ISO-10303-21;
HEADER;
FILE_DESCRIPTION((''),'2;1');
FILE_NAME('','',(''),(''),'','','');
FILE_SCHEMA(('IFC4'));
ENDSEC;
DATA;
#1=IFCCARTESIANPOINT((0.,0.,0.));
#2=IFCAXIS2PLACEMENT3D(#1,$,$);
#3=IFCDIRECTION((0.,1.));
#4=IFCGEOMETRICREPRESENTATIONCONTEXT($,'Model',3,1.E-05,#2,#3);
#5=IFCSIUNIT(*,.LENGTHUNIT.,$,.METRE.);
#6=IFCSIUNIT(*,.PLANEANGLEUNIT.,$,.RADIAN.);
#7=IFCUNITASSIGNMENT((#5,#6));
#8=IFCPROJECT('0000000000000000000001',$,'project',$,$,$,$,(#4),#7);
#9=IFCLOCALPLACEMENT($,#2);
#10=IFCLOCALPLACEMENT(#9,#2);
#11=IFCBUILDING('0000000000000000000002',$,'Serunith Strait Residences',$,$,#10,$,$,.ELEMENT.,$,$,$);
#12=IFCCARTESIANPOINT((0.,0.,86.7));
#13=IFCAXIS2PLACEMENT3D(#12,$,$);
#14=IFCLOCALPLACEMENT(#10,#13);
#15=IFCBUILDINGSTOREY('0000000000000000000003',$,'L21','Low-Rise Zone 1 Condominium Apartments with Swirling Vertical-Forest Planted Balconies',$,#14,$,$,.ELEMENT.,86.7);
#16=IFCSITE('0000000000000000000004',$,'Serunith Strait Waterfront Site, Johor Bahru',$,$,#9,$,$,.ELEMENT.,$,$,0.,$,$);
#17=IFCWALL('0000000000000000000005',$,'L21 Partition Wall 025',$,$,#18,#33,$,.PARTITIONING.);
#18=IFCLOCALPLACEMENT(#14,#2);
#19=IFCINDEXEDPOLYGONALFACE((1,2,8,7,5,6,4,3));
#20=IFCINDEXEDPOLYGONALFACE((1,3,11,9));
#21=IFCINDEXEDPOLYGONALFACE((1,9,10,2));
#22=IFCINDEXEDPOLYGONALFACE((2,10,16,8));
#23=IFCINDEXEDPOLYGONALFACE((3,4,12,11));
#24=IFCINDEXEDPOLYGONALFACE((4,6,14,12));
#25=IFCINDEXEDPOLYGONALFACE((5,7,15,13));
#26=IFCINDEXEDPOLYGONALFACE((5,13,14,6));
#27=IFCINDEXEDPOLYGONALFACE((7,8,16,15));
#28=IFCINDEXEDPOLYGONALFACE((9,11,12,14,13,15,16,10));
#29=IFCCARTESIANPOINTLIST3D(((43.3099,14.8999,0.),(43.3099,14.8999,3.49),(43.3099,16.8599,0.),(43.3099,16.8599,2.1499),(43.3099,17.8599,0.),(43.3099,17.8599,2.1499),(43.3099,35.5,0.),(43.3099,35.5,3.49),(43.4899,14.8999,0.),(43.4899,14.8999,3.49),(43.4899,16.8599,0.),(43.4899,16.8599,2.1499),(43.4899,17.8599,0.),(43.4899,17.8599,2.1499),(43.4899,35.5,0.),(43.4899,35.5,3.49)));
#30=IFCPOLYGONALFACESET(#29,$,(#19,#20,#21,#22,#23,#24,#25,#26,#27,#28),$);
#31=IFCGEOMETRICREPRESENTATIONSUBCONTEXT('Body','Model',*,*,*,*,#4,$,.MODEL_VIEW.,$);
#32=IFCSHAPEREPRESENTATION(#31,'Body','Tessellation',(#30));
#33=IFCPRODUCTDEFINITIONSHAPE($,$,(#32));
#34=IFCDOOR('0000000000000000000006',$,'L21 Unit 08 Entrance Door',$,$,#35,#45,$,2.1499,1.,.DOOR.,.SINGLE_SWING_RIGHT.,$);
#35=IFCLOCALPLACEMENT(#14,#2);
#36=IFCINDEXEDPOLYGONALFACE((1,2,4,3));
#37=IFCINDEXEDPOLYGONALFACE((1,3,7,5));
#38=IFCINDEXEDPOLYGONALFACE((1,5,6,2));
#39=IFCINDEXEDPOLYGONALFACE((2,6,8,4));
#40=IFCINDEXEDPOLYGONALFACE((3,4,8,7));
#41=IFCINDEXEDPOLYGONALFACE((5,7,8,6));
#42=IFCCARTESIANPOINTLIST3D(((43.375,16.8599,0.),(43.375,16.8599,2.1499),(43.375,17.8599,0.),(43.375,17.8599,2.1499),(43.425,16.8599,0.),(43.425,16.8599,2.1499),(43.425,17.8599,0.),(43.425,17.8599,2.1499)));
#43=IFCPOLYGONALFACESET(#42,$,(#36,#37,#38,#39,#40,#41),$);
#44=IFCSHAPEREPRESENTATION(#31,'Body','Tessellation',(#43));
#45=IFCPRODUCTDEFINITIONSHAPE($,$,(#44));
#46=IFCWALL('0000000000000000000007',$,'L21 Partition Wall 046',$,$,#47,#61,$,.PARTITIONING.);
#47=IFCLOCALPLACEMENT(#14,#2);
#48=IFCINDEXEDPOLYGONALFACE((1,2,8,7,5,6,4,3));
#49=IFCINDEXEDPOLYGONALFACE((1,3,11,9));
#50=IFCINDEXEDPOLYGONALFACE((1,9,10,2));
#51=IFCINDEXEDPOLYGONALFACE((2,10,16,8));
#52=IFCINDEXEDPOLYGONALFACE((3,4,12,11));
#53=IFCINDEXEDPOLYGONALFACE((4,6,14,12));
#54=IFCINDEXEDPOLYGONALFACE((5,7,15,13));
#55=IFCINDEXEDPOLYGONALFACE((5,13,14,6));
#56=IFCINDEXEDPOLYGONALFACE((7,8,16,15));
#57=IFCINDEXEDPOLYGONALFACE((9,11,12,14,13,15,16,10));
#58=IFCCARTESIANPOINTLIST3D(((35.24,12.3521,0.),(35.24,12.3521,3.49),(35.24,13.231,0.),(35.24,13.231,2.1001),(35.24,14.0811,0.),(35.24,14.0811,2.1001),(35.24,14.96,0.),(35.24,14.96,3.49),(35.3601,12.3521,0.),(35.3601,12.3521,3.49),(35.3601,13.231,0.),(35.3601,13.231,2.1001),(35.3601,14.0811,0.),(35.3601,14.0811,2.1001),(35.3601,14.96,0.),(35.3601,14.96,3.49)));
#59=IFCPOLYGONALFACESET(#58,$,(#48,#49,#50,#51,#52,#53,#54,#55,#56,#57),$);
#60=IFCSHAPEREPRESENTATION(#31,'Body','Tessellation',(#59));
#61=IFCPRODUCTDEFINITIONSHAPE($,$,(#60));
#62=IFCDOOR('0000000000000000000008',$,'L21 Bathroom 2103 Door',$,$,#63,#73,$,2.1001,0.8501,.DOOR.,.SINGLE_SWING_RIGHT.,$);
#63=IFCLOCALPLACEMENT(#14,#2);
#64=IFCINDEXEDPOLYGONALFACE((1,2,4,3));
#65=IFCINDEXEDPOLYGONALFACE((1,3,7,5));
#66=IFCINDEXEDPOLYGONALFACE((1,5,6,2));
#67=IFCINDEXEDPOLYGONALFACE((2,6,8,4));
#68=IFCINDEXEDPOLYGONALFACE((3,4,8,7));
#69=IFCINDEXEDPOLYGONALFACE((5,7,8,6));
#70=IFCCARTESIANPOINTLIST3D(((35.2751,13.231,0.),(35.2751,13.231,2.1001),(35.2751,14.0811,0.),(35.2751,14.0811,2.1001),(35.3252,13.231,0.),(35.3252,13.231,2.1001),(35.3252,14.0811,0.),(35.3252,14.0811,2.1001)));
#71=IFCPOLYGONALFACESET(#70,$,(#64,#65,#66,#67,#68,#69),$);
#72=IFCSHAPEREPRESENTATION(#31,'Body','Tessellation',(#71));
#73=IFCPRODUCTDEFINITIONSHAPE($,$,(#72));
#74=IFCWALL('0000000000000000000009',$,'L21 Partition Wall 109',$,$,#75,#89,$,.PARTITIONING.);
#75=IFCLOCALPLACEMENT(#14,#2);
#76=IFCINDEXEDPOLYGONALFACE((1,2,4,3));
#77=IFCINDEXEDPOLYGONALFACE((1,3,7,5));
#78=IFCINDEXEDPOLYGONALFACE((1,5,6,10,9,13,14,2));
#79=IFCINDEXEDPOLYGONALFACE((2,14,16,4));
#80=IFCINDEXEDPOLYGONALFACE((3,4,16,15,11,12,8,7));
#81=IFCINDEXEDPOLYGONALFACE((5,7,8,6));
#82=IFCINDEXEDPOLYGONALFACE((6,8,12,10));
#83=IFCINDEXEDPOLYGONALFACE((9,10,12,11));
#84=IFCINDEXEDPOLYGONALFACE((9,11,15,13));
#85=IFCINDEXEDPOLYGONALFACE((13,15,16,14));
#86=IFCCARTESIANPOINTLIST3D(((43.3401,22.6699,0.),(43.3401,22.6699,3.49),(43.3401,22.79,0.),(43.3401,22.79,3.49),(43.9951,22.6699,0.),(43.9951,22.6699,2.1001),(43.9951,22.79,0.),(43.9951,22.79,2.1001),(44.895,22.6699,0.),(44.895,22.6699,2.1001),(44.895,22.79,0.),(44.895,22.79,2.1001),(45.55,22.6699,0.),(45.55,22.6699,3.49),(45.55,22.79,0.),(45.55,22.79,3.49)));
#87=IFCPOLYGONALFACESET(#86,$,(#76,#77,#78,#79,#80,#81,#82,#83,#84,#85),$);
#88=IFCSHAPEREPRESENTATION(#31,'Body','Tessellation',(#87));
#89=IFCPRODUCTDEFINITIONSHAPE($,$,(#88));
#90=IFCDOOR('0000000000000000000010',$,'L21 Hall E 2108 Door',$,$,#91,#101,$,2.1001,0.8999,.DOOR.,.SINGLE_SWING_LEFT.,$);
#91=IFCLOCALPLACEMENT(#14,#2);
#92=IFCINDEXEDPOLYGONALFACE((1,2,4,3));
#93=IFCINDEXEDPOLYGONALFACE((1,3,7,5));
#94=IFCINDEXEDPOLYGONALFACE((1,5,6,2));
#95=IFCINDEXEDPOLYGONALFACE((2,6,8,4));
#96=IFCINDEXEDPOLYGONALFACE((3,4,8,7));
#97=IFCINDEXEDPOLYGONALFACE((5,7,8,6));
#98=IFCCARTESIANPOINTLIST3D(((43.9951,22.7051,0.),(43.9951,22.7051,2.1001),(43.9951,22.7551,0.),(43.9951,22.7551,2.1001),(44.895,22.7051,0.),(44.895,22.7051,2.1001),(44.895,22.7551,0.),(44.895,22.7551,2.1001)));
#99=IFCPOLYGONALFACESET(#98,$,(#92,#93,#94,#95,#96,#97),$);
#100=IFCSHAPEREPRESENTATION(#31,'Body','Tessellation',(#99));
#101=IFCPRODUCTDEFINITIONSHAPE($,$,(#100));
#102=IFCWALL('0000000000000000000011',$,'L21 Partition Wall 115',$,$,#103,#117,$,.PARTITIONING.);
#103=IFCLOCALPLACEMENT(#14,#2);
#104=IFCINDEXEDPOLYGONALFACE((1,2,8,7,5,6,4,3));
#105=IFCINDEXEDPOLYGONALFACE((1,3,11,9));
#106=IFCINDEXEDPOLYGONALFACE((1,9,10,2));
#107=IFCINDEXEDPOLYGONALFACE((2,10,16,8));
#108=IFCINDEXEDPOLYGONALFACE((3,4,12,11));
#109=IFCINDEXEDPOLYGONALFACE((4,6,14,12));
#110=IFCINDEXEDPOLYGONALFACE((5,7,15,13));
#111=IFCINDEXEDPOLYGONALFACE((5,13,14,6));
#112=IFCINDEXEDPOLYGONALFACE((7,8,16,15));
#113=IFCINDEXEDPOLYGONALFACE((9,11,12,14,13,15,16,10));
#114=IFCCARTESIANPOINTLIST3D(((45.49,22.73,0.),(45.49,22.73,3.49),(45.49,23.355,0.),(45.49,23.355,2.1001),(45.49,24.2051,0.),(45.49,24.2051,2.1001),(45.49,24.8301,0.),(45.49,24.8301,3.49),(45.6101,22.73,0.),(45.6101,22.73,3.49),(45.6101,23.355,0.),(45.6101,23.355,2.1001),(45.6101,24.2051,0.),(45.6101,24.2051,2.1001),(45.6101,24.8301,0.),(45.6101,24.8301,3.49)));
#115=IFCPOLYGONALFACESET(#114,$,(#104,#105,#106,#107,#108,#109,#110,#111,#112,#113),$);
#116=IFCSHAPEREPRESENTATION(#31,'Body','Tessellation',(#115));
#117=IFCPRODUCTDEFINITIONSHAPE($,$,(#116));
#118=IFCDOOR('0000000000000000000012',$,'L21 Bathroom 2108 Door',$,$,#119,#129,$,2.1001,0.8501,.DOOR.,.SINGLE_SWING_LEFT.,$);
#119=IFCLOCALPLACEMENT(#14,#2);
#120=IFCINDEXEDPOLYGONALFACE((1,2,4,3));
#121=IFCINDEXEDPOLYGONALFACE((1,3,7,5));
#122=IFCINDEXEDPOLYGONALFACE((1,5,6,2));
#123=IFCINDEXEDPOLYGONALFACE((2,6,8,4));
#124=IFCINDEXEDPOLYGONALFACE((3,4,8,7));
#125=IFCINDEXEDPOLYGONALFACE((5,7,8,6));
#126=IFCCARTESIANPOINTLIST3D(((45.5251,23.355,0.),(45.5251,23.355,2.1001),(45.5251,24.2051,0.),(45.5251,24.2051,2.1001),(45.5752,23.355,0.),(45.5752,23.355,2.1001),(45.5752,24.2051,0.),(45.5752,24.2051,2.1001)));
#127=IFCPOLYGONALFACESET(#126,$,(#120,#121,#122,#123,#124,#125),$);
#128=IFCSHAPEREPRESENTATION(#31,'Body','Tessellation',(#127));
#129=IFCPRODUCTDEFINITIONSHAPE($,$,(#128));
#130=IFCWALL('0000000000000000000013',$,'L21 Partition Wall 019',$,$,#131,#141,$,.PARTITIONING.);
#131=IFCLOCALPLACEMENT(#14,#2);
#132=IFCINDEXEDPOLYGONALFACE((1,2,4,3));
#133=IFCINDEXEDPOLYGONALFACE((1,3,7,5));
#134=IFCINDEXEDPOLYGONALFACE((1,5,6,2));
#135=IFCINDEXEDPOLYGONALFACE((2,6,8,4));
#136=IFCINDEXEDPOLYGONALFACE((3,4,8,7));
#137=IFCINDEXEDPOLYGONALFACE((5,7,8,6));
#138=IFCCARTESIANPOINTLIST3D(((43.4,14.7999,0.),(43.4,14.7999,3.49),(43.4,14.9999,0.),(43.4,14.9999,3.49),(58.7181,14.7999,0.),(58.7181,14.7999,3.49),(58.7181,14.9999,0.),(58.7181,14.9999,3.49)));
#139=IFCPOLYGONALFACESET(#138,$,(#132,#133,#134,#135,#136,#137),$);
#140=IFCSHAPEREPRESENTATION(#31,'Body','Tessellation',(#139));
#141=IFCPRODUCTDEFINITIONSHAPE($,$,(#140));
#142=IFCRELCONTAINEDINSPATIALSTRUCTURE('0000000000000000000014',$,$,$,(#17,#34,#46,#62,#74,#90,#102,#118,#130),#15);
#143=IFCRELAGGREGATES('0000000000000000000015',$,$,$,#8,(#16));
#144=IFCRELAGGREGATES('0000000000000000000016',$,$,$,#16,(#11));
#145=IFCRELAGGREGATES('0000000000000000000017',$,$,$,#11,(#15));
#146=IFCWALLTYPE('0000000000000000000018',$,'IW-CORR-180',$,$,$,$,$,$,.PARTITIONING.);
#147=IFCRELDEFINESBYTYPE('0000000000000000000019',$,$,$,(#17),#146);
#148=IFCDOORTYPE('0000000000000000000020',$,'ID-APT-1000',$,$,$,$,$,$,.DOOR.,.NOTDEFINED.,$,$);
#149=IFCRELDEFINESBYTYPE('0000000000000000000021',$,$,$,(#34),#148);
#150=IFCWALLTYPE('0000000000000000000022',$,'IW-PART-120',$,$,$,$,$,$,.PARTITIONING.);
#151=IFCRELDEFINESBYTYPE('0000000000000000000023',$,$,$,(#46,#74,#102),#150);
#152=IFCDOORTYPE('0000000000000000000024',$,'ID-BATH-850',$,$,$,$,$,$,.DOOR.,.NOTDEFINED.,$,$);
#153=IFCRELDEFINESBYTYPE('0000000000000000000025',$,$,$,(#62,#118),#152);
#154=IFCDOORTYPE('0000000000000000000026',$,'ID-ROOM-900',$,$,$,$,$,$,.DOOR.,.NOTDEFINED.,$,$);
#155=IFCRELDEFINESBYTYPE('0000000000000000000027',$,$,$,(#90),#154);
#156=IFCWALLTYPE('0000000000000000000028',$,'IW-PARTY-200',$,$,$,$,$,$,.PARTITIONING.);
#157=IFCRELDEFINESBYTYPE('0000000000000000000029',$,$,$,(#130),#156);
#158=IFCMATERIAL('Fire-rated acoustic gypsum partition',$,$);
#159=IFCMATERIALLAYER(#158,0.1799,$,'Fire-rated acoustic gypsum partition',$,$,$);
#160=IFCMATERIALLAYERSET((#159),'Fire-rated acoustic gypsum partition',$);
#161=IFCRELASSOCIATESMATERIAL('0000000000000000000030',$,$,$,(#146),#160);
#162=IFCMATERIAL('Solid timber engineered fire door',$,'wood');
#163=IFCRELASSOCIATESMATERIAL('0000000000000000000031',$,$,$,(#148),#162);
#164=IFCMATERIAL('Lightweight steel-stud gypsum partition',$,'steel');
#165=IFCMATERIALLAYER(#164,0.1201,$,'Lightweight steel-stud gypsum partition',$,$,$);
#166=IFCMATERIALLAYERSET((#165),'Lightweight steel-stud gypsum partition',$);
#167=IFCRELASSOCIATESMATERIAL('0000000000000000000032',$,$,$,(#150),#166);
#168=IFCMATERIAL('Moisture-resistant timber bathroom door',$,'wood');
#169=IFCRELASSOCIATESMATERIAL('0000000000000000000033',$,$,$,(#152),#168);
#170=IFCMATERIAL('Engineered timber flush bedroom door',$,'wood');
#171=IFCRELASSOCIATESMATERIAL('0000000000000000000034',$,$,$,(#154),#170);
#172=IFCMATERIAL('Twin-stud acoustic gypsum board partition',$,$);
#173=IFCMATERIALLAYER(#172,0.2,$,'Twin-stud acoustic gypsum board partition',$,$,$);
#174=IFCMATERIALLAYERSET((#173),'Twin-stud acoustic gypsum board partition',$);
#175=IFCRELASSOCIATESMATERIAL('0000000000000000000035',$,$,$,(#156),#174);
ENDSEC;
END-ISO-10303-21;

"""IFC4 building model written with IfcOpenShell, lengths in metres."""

from ifc_helpers import new_model, si_unit, direction, frame, frame_2d, origin, place, context, subcontext, project, spatial, rectangle, extrude, source, transform, mapped, material, layer, layer_set, type_object, element, fill, save


model = new_model("IFC4")

# Units and contexts
model_context = context("Model", 3, precision=1e-05, world=origin(), true_north=direction((0.0, 1.0)))
body_context = subcontext(model_context, "Body", "Model", "MODEL_VIEW")
ifc_project = project(units=[si_unit("LENGTHUNIT", "METRE"), si_unit("PLANEANGLEUNIT", "RADIAN")], contexts=[model_context])

# Site, building, storey
site_placement = place(None, origin())
site = spatial("IfcSite", under=ifc_project, at=site_placement, Name="Serunith Strait Waterfront Site, Johor Bahru", CompositionType="ELEMENT", RefElevation=0.0)
building_placement = place(site_placement, origin())
building = spatial("IfcBuilding", under=site, at=building_placement, Name="Serunith Strait Residences", CompositionType="ELEMENT")
storey_placement = place(building_placement, frame((0.0, 0.0, 86.7)))
storey = spatial("IfcBuildingStorey", under=building, at=storey_placement, Name="L21", Description="Low-Rise Zone 1 Condominium Apartments with Swirling Vertical-Forest Planted Balconies", CompositionType="ELEMENT", Elevation=86.7)

# Walls, openings, doors
ifc_material_1 = material(Name="Fire-rated acoustic gypsum partition")
ifc_layer_1 = layer(ifc_material_1, 0.1799, Name="Fire-rated acoustic gypsum partition")
ifc_layer_set_1 = layer_set([ifc_layer_1], Name="Fire-rated acoustic gypsum partition")
wall_type_1 = type_object("IfcWallType", Name="IW-CORR-180", PredefinedType="PARTITIONING", material=ifc_layer_set_1)
wall_1_placement = place(storey_placement, frame((43.3999, 14.8999, 0.0), z_axis=(0.0, 0.0, 1.0), x_axis=(0.0, 1.0, 0.0)))
wall_1 = element("IfcWall", 1, at=wall_1_placement, inside=storey, type_object=wall_type_1, Name="L21 Partition Wall 025", PredefinedType="PARTITIONING", context=body_context, shape_type="SweptSolid", body=[
    extrude(rectangle(XDim=20.6001, YDim=0.1799, at=frame_2d((10.3, 0.0))), origin(), (0.0, 0.0, 1.0), 3.49),
])
opening_1_placement = place(wall_1_placement, frame((1.96, 0.0, 0.0)))
opening_1 = element("IfcOpeningElement", 2, at=opening_1_placement, cuts=wall_1, PredefinedType="OPENING", context=body_context, shape_type="SweptSolid", body=[
    extrude(rectangle(XDim=1.0, YDim=2.1499, at=frame_2d((0.5, 1.075))), frame((0.0, 0.1001, 0.0), z_axis=(0.0, -1.0, 0.0), x_axis=(1.0, 0.0, 0.0)), (0.0, 0.0, 1.0), 0.2),
])
ifc_material_2 = material(Name="Solid timber engineered fire door", Category="wood")
door_type_1 = type_object("IfcDoorType", Name="ID-APT-1000", OperationType="NOTDEFINED", PredefinedType="DOOR", material=ifc_material_2)
shared_shape_1 = source(origin(), body_context, "Body", "SweptSolid", [
    extrude(rectangle(XDim=1.0, YDim=2.1499, at=frame_2d((0.5, 1.075))), frame((0.0, 0.0249, 0.0), z_axis=(0.0, -1.0, 0.0), x_axis=(1.0, 0.0, 0.0)), (0.0, 0.0, 1.0), 0.05),
])
door_1_placement = place(opening_1_placement, origin())
door_1 = element("IfcDoor", 3, at=door_1_placement, inside=storey, type_object=door_type_1, Name="L21 Unit 08 Entrance Door", OperationType="SINGLE_SWING_RIGHT", OverallHeight=2.1499, OverallWidth=1.0, PredefinedType="DOOR", context=body_context, shape_type="MappedRepresentation", body=[
    mapped(shared_shape_1, transform((0.0, 0.0, 0.0), scale=1.0)),
])
fill(opening_1, door_1)
ifc_material_3 = material(Name="Lightweight steel-stud gypsum partition", Category="steel")
ifc_layer_2 = layer(ifc_material_3, 0.1201, Name="Lightweight steel-stud gypsum partition")
ifc_layer_set_2 = layer_set([ifc_layer_2], Name="Lightweight steel-stud gypsum partition")
wall_type_2 = type_object("IfcWallType", Name="IW-PART-120", PredefinedType="PARTITIONING", material=ifc_layer_set_2)
wall_2_placement = place(storey_placement, frame((35.3, 12.3521, 0.0), z_axis=(0.0, 0.0, 1.0), x_axis=(0.0, 1.0, 0.0)))
wall_2 = element("IfcWall", 4, at=wall_2_placement, inside=storey, type_object=wall_type_2, Name="L21 Partition Wall 046", PredefinedType="PARTITIONING", context=body_context, shape_type="SweptSolid", body=[
    extrude(rectangle(XDim=2.6079, YDim=0.1201, at=frame_2d((1.304, 0.0))), origin(), (0.0, 0.0, 1.0), 3.49),
])
opening_2_placement = place(wall_2_placement, frame((0.8789, 0.0, 0.0)))
opening_2 = element("IfcOpeningElement", 5, at=opening_2_placement, cuts=wall_2, PredefinedType="OPENING", context=body_context, shape_type="SweptSolid", body=[
    extrude(rectangle(XDim=0.8501, YDim=2.1001, at=frame_2d((0.425, 1.05))), frame((0.0, 0.0701, 0.0), z_axis=(0.0, -1.0, 0.0), x_axis=(1.0, 0.0, 0.0)), (0.0, 0.0, 1.0), 0.1401),
])
ifc_material_4 = material(Name="Moisture-resistant timber bathroom door", Category="wood")
door_type_2 = type_object("IfcDoorType", Name="ID-BATH-850", OperationType="NOTDEFINED", PredefinedType="DOOR", material=ifc_material_4)
shared_shape_2 = source(origin(), body_context, "Body", "SweptSolid", [
    extrude(rectangle(XDim=0.8501, YDim=2.1001, at=frame_2d((0.425, 1.05))), frame((0.0, 0.0249, 0.0), z_axis=(0.0, -1.0, 0.0), x_axis=(1.0, 0.0, 0.0)), (0.0, 0.0, 1.0), 0.05),
])
door_2_placement = place(opening_2_placement, origin())
door_2 = element("IfcDoor", 6, at=door_2_placement, inside=storey, type_object=door_type_2, Name="L21 Bathroom 2103 Door", OperationType="SINGLE_SWING_RIGHT", OverallHeight=2.1001, OverallWidth=0.8501, PredefinedType="DOOR", context=body_context, shape_type="MappedRepresentation", body=[
    mapped(shared_shape_2, transform((0.0, 0.0, 0.0), scale=1.0)),
])
fill(opening_2, door_2)
wall_3_placement = place(storey_placement, frame((45.55, 22.73, 0.0), z_axis=(0.0, 0.0, 1.0), x_axis=(-1.0, 0.0, 0.0)))
wall_3 = element("IfcWall", 7, at=wall_3_placement, inside=storey, type_object=wall_type_2, Name="L21 Partition Wall 109", PredefinedType="PARTITIONING", context=body_context, shape_type="SweptSolid", body=[
    extrude(rectangle(XDim=2.21, YDim=0.1201, at=frame_2d((1.105, 0.0))), origin(), (0.0, 0.0, 1.0), 3.49),
])
opening_3_placement = place(wall_3_placement, frame((0.655, 0.0, 0.0)))
opening_3 = element("IfcOpeningElement", 8, at=opening_3_placement, cuts=wall_3, PredefinedType="OPENING", context=body_context, shape_type="SweptSolid", body=[
    extrude(rectangle(XDim=0.8999, YDim=2.1001, at=frame_2d((0.45, 1.05))), frame((0.0, 0.0701, 0.0), z_axis=(0.0, -1.0, 0.0), x_axis=(1.0, 0.0, 0.0)), (0.0, 0.0, 1.0), 0.1401),
])
ifc_material_5 = material(Name="Engineered timber flush bedroom door", Category="wood")
door_type_3 = type_object("IfcDoorType", Name="ID-ROOM-900", OperationType="NOTDEFINED", PredefinedType="DOOR", material=ifc_material_5)
shared_shape_3 = source(origin(), body_context, "Body", "SweptSolid", [
    extrude(rectangle(XDim=0.8999, YDim=2.1001, at=frame_2d((0.45, 1.05))), frame((0.0, 0.0249, 0.0), z_axis=(0.0, -1.0, 0.0), x_axis=(1.0, 0.0, 0.0)), (0.0, 0.0, 1.0), 0.05),
])
door_3_placement = place(opening_3_placement, origin())
door_3 = element("IfcDoor", 9, at=door_3_placement, inside=storey, type_object=door_type_3, Name="L21 Hall E 2108 Door", OperationType="SINGLE_SWING_LEFT", OverallHeight=2.1001, OverallWidth=0.8999, PredefinedType="DOOR", context=body_context, shape_type="MappedRepresentation", body=[
    mapped(shared_shape_3, transform((0.0, 0.0, 0.0), scale=1.0)),
])
fill(opening_3, door_3)
wall_4_placement = place(storey_placement, frame((45.55, 22.73, 0.0), z_axis=(0.0, 0.0, 1.0), x_axis=(0.0, 1.0, 0.0)))
wall_4 = element("IfcWall", 10, at=wall_4_placement, inside=storey, type_object=wall_type_2, Name="L21 Partition Wall 115", PredefinedType="PARTITIONING", context=body_context, shape_type="SweptSolid", body=[
    extrude(rectangle(XDim=2.1001, YDim=0.1201, at=frame_2d((1.05, 0.0))), origin(), (0.0, 0.0, 1.0), 3.49),
])
opening_4_placement = place(wall_4_placement, frame((0.625, 0.0, 0.0)))
opening_4 = element("IfcOpeningElement", 11, at=opening_4_placement, cuts=wall_4, PredefinedType="OPENING", context=body_context, shape_type="SweptSolid", body=[
    extrude(rectangle(XDim=0.8501, YDim=2.1001, at=frame_2d((0.425, 1.05))), frame((0.0, 0.0701, 0.0), z_axis=(0.0, -1.0, 0.0), x_axis=(1.0, 0.0, 0.0)), (0.0, 0.0, 1.0), 0.1401),
])
door_4_placement = place(opening_4_placement, origin())
door_4 = element("IfcDoor", 12, at=door_4_placement, inside=storey, type_object=door_type_2, Name="L21 Bathroom 2108 Door", OperationType="SINGLE_SWING_LEFT", OverallHeight=2.1001, OverallWidth=0.8501, PredefinedType="DOOR", context=body_context, shape_type="MappedRepresentation", body=[
    mapped(shared_shape_2, transform((0.0, 0.0, 0.0), scale=1.0)),
])
fill(opening_4, door_4)

# Wall
ifc_material_6 = material(Name="Twin-stud acoustic gypsum board partition")
ifc_layer_3 = layer(ifc_material_6, 0.2, Name="Twin-stud acoustic gypsum board partition")
ifc_layer_set_3 = layer_set([ifc_layer_3], Name="Twin-stud acoustic gypsum board partition")
wall_type_3 = type_object("IfcWallType", Name="IW-PARTY-200", PredefinedType="PARTITIONING", material=ifc_layer_set_3)
wall_5_placement = place(storey_placement, frame((43.3999, 14.8999, 0.0), z_axis=(0.0, 0.0, 1.0), x_axis=(1.0, 0.0, 0.0)))
element("IfcWall", 13, at=wall_5_placement, inside=storey, type_object=wall_type_3, Name="L21 Partition Wall 019", PredefinedType="PARTITIONING", context=body_context, shape_type="SweptSolid", body=[
    extrude(rectangle(XDim=15.3181, YDim=0.2, at=frame_2d((7.6592, 0.0))), origin(), (0.0, 0.0, 1.0), 3.49),
])

save(model, "model.ifc")
